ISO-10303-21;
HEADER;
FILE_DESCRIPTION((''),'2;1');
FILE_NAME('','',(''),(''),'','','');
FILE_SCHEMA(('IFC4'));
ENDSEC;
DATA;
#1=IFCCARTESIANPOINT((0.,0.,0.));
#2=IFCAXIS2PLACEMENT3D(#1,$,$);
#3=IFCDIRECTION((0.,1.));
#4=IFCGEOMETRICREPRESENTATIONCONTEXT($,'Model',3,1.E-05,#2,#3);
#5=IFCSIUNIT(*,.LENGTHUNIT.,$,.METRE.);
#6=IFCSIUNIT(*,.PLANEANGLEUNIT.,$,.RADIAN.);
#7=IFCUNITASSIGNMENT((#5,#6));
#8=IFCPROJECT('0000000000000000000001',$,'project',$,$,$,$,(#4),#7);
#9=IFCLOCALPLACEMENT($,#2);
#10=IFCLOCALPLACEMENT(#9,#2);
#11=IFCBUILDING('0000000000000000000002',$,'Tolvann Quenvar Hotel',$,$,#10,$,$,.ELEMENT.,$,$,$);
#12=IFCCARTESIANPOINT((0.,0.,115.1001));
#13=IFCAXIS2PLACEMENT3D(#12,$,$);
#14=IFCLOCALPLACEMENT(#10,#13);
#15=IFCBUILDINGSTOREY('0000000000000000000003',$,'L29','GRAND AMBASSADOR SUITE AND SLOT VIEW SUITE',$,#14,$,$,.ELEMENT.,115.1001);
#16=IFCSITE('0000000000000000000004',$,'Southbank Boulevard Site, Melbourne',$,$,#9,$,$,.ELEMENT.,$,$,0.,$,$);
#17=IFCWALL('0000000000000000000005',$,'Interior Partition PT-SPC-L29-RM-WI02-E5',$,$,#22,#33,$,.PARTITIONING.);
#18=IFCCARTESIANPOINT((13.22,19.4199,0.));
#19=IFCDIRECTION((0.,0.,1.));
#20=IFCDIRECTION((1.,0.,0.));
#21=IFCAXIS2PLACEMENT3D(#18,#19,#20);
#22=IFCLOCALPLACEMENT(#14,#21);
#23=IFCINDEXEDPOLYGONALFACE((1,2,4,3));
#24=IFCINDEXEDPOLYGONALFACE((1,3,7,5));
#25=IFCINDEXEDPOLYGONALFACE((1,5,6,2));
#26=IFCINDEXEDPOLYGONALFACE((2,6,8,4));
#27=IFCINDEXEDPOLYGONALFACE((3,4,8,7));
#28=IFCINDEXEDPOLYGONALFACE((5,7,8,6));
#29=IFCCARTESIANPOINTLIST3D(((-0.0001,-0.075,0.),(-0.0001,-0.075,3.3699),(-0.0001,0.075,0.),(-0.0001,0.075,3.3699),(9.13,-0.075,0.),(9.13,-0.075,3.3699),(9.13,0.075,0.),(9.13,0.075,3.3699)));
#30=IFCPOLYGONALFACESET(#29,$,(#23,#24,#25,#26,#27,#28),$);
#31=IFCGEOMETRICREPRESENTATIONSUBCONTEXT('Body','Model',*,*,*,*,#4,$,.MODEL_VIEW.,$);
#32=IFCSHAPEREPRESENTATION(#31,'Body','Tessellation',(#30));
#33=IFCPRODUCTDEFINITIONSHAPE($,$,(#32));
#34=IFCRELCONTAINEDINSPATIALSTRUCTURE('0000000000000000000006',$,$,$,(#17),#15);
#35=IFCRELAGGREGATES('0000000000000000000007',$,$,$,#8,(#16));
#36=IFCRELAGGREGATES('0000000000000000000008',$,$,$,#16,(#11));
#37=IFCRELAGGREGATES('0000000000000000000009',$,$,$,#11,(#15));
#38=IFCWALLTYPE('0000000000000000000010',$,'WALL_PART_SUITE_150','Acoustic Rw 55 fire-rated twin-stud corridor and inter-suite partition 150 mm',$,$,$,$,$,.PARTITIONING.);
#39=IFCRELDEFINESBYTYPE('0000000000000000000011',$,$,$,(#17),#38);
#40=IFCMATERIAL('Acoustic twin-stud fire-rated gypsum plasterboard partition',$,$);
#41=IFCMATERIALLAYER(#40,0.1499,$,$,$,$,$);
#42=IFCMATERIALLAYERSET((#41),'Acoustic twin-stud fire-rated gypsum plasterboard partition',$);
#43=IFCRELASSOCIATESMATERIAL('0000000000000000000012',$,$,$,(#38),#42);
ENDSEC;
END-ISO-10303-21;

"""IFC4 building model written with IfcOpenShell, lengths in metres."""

from ifc_helpers import new_model, si_unit, direction, frame, frame_2d, origin, place, context, subcontext, project, spatial, rectangle, extrude, material, layer, layer_set, type_object, element, save


model = new_model("IFC4")

# Units and contexts
model_context = context("Model", 3, precision=1e-05, world=origin(), true_north=direction((0.0, 1.0)))
body_context = subcontext(model_context, "Body", "Model", "MODEL_VIEW")
ifc_project = project(units=[si_unit("LENGTHUNIT", "METRE"), si_unit("PLANEANGLEUNIT", "RADIAN")], contexts=[model_context])

# Site, building, storey
site_placement = place(None, origin())
site = spatial("IfcSite", under=ifc_project, at=site_placement, Name="Southbank Boulevard Site, Melbourne", CompositionType="ELEMENT", RefElevation=0.0)
building_placement = place(site_placement, origin())
building = spatial("IfcBuilding", under=site, at=building_placement, Name="Tolvann Quenvar Hotel", CompositionType="ELEMENT")
storey_placement = place(building_placement, frame((0.0, 0.0, 115.1001)))
storey = spatial("IfcBuildingStorey", under=building, at=storey_placement, Name="L29", Description="GRAND AMBASSADOR SUITE AND SLOT VIEW SUITE", CompositionType="ELEMENT", Elevation=115.1001)

# Shared definitions
ifc_material_1 = material(Name="Acoustic twin-stud fire-rated gypsum plasterboard partition")

# Wall
ifc_layer_1 = layer(ifc_material_1, 0.1499)
ifc_layer_set_1 = layer_set([ifc_layer_1], Name="Acoustic twin-stud fire-rated gypsum plasterboard partition")
wall_type_1 = type_object("IfcWallType", Name="WALL_PART_SUITE_150", Description="Acoustic Rw 55 fire-rated twin-stud corridor and inter-suite partition 150 mm", PredefinedType="PARTITIONING", material=ifc_layer_set_1)
wall_1_placement = place(storey_placement, frame((13.22, 19.4199, 0.0), z_axis=(0.0, 0.0, 1.0), x_axis=(1.0, 0.0, 0.0)))
element("IfcWall", 1, at=wall_1_placement, inside=storey, type_object=wall_type_1, Name="Interior Partition PT-SPC-L29-RM-WI02-E5", PredefinedType="PARTITIONING", context=body_context, shape_type="SweptSolid", body=[
    extrude(rectangle(XDim=9.1301, YDim=0.1499, at=frame_2d((4.5649, 0.0))), origin(), (0.0, 0.0, 1.0), 3.3699),
])

save(model, "model.ifc")
